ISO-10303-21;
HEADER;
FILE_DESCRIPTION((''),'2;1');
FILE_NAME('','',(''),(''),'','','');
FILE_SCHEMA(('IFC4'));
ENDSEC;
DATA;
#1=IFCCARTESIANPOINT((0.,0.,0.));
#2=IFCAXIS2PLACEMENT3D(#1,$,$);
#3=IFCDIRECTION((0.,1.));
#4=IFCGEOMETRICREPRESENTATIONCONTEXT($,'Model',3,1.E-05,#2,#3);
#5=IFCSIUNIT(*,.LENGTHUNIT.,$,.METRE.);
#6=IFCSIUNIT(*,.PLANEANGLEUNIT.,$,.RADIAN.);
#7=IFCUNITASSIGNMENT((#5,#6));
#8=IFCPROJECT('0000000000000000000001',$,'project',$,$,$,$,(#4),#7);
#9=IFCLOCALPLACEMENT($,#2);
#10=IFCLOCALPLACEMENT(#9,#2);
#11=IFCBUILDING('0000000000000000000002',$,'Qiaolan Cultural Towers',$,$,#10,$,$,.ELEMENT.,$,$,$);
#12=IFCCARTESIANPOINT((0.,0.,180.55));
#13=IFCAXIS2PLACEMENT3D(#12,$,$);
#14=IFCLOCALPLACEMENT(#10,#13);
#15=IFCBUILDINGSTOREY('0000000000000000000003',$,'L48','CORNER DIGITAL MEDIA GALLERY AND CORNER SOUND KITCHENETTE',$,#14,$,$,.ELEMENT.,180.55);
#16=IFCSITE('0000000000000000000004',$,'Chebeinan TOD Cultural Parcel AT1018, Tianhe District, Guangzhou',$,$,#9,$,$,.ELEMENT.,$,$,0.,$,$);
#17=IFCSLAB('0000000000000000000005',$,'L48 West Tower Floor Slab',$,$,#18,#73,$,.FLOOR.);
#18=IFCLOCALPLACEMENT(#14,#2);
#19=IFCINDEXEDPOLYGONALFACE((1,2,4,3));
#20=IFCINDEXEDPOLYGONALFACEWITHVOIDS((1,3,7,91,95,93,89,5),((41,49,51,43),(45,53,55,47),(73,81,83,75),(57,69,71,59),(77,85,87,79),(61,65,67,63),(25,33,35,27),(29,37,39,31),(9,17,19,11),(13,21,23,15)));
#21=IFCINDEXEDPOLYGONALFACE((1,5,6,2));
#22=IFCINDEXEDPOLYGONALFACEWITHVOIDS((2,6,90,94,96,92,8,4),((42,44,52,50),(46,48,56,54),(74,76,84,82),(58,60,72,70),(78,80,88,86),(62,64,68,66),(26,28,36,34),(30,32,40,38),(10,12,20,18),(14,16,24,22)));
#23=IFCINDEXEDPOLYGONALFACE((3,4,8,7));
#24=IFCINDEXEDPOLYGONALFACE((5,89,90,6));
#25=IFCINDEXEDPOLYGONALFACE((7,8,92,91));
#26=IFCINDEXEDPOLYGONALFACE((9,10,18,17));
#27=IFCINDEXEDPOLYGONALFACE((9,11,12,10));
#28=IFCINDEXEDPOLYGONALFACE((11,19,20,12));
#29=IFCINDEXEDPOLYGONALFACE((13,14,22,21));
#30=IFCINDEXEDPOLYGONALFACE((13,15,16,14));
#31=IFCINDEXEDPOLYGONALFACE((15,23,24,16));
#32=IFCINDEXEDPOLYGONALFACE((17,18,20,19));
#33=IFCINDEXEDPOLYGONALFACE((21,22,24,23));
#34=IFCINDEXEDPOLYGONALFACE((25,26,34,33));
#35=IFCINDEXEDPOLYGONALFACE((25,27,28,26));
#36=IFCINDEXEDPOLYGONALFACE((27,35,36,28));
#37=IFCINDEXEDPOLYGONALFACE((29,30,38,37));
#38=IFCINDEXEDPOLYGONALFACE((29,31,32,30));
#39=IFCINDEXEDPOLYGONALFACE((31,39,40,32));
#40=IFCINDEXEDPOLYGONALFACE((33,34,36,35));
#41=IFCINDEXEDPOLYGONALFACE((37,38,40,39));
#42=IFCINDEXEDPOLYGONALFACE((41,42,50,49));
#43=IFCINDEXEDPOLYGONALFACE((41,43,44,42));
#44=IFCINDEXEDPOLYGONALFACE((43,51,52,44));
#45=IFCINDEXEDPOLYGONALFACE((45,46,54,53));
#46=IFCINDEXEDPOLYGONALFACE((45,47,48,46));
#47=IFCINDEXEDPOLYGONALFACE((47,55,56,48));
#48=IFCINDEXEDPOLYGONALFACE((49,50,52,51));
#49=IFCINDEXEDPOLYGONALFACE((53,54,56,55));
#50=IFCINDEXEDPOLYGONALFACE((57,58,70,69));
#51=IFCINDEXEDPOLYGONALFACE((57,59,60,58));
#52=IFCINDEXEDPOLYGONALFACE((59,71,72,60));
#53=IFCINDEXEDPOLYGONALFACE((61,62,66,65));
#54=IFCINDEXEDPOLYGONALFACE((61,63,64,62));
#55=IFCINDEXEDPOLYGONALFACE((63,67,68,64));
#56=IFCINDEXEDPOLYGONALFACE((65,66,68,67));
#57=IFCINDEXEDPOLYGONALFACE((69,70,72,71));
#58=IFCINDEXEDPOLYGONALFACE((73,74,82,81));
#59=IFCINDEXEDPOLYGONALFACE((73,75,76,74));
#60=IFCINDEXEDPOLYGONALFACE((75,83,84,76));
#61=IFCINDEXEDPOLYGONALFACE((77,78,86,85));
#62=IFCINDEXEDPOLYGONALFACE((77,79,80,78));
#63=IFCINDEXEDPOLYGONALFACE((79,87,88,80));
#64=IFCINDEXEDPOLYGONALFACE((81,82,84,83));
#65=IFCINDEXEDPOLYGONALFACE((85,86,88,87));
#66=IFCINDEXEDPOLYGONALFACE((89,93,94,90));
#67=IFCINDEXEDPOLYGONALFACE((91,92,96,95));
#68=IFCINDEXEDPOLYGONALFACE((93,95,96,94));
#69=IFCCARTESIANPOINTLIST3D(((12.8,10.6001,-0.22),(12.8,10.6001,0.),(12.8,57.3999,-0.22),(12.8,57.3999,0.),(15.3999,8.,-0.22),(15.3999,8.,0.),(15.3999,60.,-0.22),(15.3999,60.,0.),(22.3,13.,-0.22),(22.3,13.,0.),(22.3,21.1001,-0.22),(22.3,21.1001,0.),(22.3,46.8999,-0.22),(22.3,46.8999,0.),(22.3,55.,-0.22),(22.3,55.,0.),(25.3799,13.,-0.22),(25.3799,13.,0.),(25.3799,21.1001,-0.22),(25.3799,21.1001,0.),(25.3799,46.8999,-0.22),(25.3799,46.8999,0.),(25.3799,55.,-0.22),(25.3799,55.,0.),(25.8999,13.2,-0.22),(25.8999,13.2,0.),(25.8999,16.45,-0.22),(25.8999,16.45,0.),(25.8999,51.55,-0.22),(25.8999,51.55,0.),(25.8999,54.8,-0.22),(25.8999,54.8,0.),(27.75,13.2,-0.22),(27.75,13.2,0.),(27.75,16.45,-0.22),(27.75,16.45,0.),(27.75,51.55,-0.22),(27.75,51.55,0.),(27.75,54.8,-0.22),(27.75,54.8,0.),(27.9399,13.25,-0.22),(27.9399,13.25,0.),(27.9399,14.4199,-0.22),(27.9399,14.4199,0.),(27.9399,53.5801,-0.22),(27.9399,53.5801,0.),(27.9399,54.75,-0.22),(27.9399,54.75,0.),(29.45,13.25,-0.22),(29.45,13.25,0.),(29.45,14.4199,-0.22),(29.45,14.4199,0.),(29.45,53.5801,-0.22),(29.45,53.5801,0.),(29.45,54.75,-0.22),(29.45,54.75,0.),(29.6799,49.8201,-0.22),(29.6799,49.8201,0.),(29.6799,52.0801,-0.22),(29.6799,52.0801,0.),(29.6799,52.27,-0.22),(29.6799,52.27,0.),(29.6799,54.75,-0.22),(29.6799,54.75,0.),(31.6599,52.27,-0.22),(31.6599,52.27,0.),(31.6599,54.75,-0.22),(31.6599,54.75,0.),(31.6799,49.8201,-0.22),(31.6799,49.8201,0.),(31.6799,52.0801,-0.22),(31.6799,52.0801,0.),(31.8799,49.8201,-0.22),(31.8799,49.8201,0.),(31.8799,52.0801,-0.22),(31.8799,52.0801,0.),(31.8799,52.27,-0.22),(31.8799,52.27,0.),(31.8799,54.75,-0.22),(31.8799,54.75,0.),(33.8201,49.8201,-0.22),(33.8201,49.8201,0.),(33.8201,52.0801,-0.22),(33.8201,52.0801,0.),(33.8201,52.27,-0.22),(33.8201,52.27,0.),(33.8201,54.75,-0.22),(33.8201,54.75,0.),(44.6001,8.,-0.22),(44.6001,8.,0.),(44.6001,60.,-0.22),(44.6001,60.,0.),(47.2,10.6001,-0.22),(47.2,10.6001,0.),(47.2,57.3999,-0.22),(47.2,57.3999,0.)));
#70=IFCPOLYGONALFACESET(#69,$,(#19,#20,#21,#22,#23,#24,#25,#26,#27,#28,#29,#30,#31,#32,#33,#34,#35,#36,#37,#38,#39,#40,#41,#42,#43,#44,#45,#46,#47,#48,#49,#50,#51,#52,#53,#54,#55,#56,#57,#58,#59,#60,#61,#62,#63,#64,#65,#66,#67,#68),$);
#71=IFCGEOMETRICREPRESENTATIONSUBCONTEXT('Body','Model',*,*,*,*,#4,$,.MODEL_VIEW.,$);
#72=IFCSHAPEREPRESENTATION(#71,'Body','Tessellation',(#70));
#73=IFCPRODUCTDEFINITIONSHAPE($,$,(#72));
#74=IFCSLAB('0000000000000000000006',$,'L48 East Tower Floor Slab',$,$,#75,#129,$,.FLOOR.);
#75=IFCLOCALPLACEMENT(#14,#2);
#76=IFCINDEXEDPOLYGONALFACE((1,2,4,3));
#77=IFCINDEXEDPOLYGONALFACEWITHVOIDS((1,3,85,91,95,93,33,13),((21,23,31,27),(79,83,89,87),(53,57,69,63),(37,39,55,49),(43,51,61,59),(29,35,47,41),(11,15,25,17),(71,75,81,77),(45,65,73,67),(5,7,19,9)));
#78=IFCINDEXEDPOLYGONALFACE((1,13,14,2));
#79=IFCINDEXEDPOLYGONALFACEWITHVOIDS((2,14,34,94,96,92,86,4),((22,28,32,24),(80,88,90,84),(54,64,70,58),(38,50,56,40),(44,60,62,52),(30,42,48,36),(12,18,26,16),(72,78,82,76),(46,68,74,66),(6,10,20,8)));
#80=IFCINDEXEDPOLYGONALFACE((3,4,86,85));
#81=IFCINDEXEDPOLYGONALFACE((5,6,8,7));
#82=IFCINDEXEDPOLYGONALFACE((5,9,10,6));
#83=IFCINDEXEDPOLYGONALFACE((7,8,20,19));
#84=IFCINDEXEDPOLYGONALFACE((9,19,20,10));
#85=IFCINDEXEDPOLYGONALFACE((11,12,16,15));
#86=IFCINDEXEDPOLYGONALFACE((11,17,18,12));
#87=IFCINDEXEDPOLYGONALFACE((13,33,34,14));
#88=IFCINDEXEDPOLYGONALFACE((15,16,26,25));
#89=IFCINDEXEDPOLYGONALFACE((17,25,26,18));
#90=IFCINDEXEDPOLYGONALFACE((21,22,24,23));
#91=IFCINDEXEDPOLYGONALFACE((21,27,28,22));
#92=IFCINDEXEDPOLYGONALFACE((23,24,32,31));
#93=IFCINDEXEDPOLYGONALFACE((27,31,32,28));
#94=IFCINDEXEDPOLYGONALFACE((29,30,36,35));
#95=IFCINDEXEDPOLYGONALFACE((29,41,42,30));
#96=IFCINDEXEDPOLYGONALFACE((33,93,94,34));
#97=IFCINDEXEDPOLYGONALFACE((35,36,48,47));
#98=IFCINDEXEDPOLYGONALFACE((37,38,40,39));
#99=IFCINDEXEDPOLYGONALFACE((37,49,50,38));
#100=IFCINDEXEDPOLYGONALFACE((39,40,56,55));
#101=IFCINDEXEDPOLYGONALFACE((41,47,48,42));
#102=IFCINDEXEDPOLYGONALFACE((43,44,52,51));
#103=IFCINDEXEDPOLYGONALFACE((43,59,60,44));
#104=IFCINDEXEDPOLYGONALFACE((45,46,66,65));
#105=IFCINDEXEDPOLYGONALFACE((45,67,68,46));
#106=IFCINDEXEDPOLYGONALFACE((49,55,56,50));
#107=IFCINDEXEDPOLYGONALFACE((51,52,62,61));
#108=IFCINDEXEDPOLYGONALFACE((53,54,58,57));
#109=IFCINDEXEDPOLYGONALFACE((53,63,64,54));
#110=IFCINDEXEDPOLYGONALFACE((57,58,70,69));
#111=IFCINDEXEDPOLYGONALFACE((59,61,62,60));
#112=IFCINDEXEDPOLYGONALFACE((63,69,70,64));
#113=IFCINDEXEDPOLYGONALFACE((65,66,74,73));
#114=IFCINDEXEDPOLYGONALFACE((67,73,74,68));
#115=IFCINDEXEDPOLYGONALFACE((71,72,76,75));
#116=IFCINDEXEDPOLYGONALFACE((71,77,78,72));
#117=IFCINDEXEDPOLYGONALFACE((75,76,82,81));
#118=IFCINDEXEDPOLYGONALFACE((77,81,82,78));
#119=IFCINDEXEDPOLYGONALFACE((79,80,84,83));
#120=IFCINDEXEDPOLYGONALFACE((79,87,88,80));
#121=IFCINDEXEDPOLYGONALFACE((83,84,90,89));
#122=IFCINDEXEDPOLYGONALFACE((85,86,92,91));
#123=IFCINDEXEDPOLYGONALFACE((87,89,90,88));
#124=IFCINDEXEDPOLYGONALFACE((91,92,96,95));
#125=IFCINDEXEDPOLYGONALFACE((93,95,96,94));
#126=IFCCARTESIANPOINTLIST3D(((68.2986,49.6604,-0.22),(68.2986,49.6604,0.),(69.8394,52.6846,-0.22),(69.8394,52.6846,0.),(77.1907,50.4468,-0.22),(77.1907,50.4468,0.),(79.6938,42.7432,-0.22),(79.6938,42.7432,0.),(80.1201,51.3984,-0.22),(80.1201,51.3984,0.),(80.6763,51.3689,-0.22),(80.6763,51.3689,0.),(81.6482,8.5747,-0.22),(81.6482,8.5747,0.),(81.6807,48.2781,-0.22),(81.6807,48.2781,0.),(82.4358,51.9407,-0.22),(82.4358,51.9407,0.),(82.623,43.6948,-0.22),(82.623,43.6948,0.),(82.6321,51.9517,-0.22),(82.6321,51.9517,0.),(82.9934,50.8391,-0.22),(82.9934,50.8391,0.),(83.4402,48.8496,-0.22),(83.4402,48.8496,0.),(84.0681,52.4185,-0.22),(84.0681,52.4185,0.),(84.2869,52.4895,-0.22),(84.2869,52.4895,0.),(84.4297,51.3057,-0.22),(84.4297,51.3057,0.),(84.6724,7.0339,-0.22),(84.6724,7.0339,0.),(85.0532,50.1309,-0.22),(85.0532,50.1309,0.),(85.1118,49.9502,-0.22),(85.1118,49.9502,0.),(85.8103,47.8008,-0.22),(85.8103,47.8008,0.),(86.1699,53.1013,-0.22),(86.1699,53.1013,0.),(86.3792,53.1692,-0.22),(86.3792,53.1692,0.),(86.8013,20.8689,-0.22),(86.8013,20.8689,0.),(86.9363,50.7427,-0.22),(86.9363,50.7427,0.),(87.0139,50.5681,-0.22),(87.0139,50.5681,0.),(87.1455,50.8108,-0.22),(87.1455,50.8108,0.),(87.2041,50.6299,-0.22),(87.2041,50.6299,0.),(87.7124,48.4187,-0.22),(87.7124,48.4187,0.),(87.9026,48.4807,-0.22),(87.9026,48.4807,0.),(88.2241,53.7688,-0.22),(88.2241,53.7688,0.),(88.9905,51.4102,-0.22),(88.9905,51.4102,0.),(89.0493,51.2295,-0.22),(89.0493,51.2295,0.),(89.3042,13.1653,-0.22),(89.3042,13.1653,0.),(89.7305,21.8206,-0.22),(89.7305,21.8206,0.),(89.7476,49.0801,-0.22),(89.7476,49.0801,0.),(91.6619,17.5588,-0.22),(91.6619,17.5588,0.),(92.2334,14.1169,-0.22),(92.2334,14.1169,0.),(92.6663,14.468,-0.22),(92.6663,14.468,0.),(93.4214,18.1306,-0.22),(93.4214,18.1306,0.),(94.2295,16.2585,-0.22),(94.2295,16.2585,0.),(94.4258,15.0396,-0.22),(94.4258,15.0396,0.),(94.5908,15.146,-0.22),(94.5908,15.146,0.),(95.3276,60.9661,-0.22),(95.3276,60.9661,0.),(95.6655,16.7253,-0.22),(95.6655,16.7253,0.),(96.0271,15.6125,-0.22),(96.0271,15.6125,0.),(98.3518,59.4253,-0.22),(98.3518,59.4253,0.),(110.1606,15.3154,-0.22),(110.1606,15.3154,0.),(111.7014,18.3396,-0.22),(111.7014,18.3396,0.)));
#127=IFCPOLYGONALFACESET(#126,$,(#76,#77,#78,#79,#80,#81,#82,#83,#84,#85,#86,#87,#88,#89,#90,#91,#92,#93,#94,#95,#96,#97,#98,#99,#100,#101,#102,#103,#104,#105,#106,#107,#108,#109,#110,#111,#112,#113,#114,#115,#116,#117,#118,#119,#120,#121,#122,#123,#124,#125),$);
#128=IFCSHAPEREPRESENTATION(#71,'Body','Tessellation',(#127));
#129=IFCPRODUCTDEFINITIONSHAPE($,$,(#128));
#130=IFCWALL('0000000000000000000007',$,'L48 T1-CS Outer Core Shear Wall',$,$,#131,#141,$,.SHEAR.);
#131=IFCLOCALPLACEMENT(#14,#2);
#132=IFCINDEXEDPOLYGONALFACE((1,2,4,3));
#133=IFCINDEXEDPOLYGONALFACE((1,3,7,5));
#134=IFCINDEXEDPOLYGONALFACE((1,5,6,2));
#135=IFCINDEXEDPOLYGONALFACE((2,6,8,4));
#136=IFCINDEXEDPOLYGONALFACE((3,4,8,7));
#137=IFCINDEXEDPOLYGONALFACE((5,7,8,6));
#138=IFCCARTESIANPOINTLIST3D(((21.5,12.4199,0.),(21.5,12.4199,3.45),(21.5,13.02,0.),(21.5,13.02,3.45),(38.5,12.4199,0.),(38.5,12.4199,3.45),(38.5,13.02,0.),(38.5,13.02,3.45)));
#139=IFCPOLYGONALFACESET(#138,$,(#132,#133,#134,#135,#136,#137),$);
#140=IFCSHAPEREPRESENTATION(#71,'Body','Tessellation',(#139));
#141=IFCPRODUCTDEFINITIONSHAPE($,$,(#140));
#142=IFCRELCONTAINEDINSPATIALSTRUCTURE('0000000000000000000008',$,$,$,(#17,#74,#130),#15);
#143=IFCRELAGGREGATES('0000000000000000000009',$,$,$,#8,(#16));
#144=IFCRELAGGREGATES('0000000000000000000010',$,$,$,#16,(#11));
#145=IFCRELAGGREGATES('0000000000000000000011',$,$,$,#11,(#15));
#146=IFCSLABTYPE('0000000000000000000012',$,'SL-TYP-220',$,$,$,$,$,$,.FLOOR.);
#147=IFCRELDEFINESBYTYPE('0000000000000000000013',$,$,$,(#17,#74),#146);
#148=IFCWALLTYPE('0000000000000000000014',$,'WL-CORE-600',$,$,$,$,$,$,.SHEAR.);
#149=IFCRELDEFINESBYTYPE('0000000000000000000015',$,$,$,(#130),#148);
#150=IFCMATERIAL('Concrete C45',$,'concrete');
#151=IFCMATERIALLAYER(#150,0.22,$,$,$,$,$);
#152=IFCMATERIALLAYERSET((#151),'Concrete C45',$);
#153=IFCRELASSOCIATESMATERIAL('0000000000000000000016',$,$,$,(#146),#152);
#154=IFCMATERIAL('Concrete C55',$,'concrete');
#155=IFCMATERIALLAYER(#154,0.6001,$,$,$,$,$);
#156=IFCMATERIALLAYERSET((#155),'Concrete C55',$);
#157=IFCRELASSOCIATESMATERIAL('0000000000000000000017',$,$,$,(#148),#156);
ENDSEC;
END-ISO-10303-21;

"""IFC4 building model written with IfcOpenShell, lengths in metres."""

from ifc_helpers import new_model, si_unit, direction, frame, frame_2d, origin, place, context, subcontext, project, spatial, polyline, rectangle, outline, extrude, material, layer, layer_set, type_object, element, save


model = new_model("IFC4")

# Units and contexts
model_context = context("Model", 3, precision=1e-05, world=origin(), true_north=direction((0.0, 1.0)))
body_context = subcontext(model_context, "Body", "Model", "MODEL_VIEW")
ifc_project = project(units=[si_unit("LENGTHUNIT", "METRE"), si_unit("PLANEANGLEUNIT", "RADIAN")], contexts=[model_context])

# Site, building, storey
site_placement = place(None, origin())
site = spatial("IfcSite", under=ifc_project, at=site_placement, Name="Chebeinan TOD Cultural Parcel AT1018, Tianhe District, Guangzhou", CompositionType="ELEMENT", RefElevation=0.0)
building_placement = place(site_placement, origin())
building = spatial("IfcBuilding", under=site, at=building_placement, Name="Qiaolan Cultural Towers", CompositionType="ELEMENT")
storey_placement = place(building_placement, frame((0.0, 0.0, 180.55)))
storey = spatial("IfcBuildingStorey", under=building, at=storey_placement, Name="L48", Description="CORNER DIGITAL MEDIA GALLERY AND CORNER SOUND KITCHENETTE", CompositionType="ELEMENT", Elevation=180.55)

# Slabs
ifc_material_1 = material(Name="Concrete C45", Category="concrete")
ifc_layer_1 = layer(ifc_material_1, 0.22)
ifc_layer_set_1 = layer_set([ifc_layer_1], Name="Concrete C45")
slab_type_1 = type_object("IfcSlabType", Name="SL-TYP-220", PredefinedType="FLOOR", material=ifc_layer_set_1)
slab_1_placement = place(storey_placement, frame((0.0, 0.0, -0.22)))
element("IfcSlab", 1, at=slab_1_placement, inside=storey, type_object=slab_type_1, Name="L48 West Tower Floor Slab", PredefinedType="FLOOR", context=body_context, shape_type="SweptSolid", body=[
    extrude(outline(polyline([(15.3999, 8.0), (44.6001, 8.0), (47.2, 10.6001), (47.2, 57.3999), (44.6001, 60.0), (15.3999, 60.0), (12.8, 57.3999), (12.8, 10.6001), (15.3999, 8.0)]), holes=[polyline([(22.3, 21.1001), (22.3, 13.0), (25.3799, 13.0), (25.3799, 21.1001), (22.3, 21.1001)]), polyline([(25.3799, 46.8999), (25.3799, 55.0), (22.3, 55.0), (22.3, 46.8999), (25.3799, 46.8999)]), polyline([(25.8999, 13.2), (27.75, 13.2), (27.75, 16.45), (25.8999, 16.45), (25.8999, 13.2)]), polyline([(27.9399, 13.25), (29.45, 13.25), (29.45, 14.4199), (27.9399, 14.4199), (27.9399, 13.25)]), polyline([(25.8999, 51.55), (27.75, 51.55), (27.75, 54.8), (25.8999, 54.8), (25.8999, 51.55)]), polyline([(27.9399, 53.5801), (29.45, 53.5801), (29.45, 54.75), (27.9399, 54.75), (27.9399, 53.5801)]), polyline([(29.6799, 49.8201), (31.6799, 49.8201), (31.6799, 52.0801), (29.6799, 52.0801), (29.6799, 49.8201)]), polyline([(31.8799, 49.8201), (33.8201, 49.8201), (33.8201, 52.0801), (31.8799, 52.0801), (31.8799, 49.8201)]), polyline([(29.6799, 52.27), (31.6599, 52.27), (31.6599, 54.75), (29.6799, 54.75), (29.6799, 52.27)]), polyline([(31.8799, 52.27), (33.8201, 52.27), (33.8201, 54.75), (31.8799, 54.75), (31.8799, 52.27)])]), origin(), (0.0, 0.0, 1.0), 0.22),
])
slab_2_placement = place(storey_placement, frame((0.0, 0.0, -0.22)))
element("IfcSlab", 2, at=slab_2_placement, inside=storey, type_object=slab_type_1, Name="L48 East Tower Floor Slab", PredefinedType="FLOOR", context=body_context, shape_type="SweptSolid", body=[
    extrude(outline(polyline([(84.6724, 7.0339), (110.1606, 15.3154), (111.7014, 18.3396), (98.3518, 59.4253), (95.3276, 60.9661), (69.8394, 52.6846), (68.2986, 49.6604), (81.6482, 8.5747), (84.6724, 7.0339)]), holes=[polyline([(86.8013, 20.8689), (89.3042, 13.1653), (92.2334, 14.1169), (89.7305, 21.8206), (86.8013, 20.8689)]), polyline([(82.623, 43.6948), (80.1201, 51.3984), (77.1907, 50.4468), (79.6938, 42.7432), (82.623, 43.6948)]), polyline([(92.6663, 14.468), (94.4258, 15.0396), (93.4214, 18.1306), (91.6619, 17.5588), (92.6663, 14.468)]), polyline([(94.5908, 15.146), (96.0271, 15.6125), (95.6655, 16.7253), (94.2295, 16.2585), (94.5908, 15.146)]), polyline([(81.6807, 48.2781), (83.4402, 48.8496), (82.4358, 51.9407), (80.6763, 51.3689), (81.6807, 48.2781)]), polyline([(82.9934, 50.8391), (84.4297, 51.3057), (84.0681, 52.4185), (82.6321, 51.9517), (82.9934, 50.8391)]), polyline([(85.8103, 47.8008), (87.7124, 48.4187), (87.0139, 50.5681), (85.1118, 49.9502), (85.8103, 47.8008)]), polyline([(87.9026, 48.4807), (89.7476, 49.0801), (89.0493, 51.2295), (87.2041, 50.6299), (87.9026, 48.4807)]), polyline([(85.0532, 50.1309), (86.9363, 50.7427), (86.1699, 53.1013), (84.2869, 52.4895), (85.0532, 50.1309)]), polyline([(87.1455, 50.8108), (88.9905, 51.4102), (88.2241, 53.7688), (86.3792, 53.1692), (87.1455, 50.8108)])]), origin(), (0.0, 0.0, 1.0), 0.22),
])

# Wall
ifc_material_2 = material(Name="Concrete C55", Category="concrete")
ifc_layer_2 = layer(ifc_material_2, 0.6001)
ifc_layer_set_2 = layer_set([ifc_layer_2], Name="Concrete C55")
wall_type_1 = type_object("IfcWallType", Name="WL-CORE-600", PredefinedType="SHEAR", material=ifc_layer_set_2)
wall_1_placement = place(storey_placement, frame((21.5, 12.72, 0.0), z_axis=(0.0, 0.0, 1.0), x_axis=(1.0, 0.0, 0.0)))
element("IfcWall", 3, at=wall_1_placement, inside=storey, type_object=wall_type_1, Name="L48 T1-CS Outer Core Shear Wall", PredefinedType="SHEAR", context=body_context, shape_type="SweptSolid", body=[
    extrude(rectangle(XDim=17.0, YDim=0.6001, at=frame_2d((8.5, 0.0))), origin(), (0.0, 0.0, 1.0), 3.45),
])

save(model, "model.ifc")
